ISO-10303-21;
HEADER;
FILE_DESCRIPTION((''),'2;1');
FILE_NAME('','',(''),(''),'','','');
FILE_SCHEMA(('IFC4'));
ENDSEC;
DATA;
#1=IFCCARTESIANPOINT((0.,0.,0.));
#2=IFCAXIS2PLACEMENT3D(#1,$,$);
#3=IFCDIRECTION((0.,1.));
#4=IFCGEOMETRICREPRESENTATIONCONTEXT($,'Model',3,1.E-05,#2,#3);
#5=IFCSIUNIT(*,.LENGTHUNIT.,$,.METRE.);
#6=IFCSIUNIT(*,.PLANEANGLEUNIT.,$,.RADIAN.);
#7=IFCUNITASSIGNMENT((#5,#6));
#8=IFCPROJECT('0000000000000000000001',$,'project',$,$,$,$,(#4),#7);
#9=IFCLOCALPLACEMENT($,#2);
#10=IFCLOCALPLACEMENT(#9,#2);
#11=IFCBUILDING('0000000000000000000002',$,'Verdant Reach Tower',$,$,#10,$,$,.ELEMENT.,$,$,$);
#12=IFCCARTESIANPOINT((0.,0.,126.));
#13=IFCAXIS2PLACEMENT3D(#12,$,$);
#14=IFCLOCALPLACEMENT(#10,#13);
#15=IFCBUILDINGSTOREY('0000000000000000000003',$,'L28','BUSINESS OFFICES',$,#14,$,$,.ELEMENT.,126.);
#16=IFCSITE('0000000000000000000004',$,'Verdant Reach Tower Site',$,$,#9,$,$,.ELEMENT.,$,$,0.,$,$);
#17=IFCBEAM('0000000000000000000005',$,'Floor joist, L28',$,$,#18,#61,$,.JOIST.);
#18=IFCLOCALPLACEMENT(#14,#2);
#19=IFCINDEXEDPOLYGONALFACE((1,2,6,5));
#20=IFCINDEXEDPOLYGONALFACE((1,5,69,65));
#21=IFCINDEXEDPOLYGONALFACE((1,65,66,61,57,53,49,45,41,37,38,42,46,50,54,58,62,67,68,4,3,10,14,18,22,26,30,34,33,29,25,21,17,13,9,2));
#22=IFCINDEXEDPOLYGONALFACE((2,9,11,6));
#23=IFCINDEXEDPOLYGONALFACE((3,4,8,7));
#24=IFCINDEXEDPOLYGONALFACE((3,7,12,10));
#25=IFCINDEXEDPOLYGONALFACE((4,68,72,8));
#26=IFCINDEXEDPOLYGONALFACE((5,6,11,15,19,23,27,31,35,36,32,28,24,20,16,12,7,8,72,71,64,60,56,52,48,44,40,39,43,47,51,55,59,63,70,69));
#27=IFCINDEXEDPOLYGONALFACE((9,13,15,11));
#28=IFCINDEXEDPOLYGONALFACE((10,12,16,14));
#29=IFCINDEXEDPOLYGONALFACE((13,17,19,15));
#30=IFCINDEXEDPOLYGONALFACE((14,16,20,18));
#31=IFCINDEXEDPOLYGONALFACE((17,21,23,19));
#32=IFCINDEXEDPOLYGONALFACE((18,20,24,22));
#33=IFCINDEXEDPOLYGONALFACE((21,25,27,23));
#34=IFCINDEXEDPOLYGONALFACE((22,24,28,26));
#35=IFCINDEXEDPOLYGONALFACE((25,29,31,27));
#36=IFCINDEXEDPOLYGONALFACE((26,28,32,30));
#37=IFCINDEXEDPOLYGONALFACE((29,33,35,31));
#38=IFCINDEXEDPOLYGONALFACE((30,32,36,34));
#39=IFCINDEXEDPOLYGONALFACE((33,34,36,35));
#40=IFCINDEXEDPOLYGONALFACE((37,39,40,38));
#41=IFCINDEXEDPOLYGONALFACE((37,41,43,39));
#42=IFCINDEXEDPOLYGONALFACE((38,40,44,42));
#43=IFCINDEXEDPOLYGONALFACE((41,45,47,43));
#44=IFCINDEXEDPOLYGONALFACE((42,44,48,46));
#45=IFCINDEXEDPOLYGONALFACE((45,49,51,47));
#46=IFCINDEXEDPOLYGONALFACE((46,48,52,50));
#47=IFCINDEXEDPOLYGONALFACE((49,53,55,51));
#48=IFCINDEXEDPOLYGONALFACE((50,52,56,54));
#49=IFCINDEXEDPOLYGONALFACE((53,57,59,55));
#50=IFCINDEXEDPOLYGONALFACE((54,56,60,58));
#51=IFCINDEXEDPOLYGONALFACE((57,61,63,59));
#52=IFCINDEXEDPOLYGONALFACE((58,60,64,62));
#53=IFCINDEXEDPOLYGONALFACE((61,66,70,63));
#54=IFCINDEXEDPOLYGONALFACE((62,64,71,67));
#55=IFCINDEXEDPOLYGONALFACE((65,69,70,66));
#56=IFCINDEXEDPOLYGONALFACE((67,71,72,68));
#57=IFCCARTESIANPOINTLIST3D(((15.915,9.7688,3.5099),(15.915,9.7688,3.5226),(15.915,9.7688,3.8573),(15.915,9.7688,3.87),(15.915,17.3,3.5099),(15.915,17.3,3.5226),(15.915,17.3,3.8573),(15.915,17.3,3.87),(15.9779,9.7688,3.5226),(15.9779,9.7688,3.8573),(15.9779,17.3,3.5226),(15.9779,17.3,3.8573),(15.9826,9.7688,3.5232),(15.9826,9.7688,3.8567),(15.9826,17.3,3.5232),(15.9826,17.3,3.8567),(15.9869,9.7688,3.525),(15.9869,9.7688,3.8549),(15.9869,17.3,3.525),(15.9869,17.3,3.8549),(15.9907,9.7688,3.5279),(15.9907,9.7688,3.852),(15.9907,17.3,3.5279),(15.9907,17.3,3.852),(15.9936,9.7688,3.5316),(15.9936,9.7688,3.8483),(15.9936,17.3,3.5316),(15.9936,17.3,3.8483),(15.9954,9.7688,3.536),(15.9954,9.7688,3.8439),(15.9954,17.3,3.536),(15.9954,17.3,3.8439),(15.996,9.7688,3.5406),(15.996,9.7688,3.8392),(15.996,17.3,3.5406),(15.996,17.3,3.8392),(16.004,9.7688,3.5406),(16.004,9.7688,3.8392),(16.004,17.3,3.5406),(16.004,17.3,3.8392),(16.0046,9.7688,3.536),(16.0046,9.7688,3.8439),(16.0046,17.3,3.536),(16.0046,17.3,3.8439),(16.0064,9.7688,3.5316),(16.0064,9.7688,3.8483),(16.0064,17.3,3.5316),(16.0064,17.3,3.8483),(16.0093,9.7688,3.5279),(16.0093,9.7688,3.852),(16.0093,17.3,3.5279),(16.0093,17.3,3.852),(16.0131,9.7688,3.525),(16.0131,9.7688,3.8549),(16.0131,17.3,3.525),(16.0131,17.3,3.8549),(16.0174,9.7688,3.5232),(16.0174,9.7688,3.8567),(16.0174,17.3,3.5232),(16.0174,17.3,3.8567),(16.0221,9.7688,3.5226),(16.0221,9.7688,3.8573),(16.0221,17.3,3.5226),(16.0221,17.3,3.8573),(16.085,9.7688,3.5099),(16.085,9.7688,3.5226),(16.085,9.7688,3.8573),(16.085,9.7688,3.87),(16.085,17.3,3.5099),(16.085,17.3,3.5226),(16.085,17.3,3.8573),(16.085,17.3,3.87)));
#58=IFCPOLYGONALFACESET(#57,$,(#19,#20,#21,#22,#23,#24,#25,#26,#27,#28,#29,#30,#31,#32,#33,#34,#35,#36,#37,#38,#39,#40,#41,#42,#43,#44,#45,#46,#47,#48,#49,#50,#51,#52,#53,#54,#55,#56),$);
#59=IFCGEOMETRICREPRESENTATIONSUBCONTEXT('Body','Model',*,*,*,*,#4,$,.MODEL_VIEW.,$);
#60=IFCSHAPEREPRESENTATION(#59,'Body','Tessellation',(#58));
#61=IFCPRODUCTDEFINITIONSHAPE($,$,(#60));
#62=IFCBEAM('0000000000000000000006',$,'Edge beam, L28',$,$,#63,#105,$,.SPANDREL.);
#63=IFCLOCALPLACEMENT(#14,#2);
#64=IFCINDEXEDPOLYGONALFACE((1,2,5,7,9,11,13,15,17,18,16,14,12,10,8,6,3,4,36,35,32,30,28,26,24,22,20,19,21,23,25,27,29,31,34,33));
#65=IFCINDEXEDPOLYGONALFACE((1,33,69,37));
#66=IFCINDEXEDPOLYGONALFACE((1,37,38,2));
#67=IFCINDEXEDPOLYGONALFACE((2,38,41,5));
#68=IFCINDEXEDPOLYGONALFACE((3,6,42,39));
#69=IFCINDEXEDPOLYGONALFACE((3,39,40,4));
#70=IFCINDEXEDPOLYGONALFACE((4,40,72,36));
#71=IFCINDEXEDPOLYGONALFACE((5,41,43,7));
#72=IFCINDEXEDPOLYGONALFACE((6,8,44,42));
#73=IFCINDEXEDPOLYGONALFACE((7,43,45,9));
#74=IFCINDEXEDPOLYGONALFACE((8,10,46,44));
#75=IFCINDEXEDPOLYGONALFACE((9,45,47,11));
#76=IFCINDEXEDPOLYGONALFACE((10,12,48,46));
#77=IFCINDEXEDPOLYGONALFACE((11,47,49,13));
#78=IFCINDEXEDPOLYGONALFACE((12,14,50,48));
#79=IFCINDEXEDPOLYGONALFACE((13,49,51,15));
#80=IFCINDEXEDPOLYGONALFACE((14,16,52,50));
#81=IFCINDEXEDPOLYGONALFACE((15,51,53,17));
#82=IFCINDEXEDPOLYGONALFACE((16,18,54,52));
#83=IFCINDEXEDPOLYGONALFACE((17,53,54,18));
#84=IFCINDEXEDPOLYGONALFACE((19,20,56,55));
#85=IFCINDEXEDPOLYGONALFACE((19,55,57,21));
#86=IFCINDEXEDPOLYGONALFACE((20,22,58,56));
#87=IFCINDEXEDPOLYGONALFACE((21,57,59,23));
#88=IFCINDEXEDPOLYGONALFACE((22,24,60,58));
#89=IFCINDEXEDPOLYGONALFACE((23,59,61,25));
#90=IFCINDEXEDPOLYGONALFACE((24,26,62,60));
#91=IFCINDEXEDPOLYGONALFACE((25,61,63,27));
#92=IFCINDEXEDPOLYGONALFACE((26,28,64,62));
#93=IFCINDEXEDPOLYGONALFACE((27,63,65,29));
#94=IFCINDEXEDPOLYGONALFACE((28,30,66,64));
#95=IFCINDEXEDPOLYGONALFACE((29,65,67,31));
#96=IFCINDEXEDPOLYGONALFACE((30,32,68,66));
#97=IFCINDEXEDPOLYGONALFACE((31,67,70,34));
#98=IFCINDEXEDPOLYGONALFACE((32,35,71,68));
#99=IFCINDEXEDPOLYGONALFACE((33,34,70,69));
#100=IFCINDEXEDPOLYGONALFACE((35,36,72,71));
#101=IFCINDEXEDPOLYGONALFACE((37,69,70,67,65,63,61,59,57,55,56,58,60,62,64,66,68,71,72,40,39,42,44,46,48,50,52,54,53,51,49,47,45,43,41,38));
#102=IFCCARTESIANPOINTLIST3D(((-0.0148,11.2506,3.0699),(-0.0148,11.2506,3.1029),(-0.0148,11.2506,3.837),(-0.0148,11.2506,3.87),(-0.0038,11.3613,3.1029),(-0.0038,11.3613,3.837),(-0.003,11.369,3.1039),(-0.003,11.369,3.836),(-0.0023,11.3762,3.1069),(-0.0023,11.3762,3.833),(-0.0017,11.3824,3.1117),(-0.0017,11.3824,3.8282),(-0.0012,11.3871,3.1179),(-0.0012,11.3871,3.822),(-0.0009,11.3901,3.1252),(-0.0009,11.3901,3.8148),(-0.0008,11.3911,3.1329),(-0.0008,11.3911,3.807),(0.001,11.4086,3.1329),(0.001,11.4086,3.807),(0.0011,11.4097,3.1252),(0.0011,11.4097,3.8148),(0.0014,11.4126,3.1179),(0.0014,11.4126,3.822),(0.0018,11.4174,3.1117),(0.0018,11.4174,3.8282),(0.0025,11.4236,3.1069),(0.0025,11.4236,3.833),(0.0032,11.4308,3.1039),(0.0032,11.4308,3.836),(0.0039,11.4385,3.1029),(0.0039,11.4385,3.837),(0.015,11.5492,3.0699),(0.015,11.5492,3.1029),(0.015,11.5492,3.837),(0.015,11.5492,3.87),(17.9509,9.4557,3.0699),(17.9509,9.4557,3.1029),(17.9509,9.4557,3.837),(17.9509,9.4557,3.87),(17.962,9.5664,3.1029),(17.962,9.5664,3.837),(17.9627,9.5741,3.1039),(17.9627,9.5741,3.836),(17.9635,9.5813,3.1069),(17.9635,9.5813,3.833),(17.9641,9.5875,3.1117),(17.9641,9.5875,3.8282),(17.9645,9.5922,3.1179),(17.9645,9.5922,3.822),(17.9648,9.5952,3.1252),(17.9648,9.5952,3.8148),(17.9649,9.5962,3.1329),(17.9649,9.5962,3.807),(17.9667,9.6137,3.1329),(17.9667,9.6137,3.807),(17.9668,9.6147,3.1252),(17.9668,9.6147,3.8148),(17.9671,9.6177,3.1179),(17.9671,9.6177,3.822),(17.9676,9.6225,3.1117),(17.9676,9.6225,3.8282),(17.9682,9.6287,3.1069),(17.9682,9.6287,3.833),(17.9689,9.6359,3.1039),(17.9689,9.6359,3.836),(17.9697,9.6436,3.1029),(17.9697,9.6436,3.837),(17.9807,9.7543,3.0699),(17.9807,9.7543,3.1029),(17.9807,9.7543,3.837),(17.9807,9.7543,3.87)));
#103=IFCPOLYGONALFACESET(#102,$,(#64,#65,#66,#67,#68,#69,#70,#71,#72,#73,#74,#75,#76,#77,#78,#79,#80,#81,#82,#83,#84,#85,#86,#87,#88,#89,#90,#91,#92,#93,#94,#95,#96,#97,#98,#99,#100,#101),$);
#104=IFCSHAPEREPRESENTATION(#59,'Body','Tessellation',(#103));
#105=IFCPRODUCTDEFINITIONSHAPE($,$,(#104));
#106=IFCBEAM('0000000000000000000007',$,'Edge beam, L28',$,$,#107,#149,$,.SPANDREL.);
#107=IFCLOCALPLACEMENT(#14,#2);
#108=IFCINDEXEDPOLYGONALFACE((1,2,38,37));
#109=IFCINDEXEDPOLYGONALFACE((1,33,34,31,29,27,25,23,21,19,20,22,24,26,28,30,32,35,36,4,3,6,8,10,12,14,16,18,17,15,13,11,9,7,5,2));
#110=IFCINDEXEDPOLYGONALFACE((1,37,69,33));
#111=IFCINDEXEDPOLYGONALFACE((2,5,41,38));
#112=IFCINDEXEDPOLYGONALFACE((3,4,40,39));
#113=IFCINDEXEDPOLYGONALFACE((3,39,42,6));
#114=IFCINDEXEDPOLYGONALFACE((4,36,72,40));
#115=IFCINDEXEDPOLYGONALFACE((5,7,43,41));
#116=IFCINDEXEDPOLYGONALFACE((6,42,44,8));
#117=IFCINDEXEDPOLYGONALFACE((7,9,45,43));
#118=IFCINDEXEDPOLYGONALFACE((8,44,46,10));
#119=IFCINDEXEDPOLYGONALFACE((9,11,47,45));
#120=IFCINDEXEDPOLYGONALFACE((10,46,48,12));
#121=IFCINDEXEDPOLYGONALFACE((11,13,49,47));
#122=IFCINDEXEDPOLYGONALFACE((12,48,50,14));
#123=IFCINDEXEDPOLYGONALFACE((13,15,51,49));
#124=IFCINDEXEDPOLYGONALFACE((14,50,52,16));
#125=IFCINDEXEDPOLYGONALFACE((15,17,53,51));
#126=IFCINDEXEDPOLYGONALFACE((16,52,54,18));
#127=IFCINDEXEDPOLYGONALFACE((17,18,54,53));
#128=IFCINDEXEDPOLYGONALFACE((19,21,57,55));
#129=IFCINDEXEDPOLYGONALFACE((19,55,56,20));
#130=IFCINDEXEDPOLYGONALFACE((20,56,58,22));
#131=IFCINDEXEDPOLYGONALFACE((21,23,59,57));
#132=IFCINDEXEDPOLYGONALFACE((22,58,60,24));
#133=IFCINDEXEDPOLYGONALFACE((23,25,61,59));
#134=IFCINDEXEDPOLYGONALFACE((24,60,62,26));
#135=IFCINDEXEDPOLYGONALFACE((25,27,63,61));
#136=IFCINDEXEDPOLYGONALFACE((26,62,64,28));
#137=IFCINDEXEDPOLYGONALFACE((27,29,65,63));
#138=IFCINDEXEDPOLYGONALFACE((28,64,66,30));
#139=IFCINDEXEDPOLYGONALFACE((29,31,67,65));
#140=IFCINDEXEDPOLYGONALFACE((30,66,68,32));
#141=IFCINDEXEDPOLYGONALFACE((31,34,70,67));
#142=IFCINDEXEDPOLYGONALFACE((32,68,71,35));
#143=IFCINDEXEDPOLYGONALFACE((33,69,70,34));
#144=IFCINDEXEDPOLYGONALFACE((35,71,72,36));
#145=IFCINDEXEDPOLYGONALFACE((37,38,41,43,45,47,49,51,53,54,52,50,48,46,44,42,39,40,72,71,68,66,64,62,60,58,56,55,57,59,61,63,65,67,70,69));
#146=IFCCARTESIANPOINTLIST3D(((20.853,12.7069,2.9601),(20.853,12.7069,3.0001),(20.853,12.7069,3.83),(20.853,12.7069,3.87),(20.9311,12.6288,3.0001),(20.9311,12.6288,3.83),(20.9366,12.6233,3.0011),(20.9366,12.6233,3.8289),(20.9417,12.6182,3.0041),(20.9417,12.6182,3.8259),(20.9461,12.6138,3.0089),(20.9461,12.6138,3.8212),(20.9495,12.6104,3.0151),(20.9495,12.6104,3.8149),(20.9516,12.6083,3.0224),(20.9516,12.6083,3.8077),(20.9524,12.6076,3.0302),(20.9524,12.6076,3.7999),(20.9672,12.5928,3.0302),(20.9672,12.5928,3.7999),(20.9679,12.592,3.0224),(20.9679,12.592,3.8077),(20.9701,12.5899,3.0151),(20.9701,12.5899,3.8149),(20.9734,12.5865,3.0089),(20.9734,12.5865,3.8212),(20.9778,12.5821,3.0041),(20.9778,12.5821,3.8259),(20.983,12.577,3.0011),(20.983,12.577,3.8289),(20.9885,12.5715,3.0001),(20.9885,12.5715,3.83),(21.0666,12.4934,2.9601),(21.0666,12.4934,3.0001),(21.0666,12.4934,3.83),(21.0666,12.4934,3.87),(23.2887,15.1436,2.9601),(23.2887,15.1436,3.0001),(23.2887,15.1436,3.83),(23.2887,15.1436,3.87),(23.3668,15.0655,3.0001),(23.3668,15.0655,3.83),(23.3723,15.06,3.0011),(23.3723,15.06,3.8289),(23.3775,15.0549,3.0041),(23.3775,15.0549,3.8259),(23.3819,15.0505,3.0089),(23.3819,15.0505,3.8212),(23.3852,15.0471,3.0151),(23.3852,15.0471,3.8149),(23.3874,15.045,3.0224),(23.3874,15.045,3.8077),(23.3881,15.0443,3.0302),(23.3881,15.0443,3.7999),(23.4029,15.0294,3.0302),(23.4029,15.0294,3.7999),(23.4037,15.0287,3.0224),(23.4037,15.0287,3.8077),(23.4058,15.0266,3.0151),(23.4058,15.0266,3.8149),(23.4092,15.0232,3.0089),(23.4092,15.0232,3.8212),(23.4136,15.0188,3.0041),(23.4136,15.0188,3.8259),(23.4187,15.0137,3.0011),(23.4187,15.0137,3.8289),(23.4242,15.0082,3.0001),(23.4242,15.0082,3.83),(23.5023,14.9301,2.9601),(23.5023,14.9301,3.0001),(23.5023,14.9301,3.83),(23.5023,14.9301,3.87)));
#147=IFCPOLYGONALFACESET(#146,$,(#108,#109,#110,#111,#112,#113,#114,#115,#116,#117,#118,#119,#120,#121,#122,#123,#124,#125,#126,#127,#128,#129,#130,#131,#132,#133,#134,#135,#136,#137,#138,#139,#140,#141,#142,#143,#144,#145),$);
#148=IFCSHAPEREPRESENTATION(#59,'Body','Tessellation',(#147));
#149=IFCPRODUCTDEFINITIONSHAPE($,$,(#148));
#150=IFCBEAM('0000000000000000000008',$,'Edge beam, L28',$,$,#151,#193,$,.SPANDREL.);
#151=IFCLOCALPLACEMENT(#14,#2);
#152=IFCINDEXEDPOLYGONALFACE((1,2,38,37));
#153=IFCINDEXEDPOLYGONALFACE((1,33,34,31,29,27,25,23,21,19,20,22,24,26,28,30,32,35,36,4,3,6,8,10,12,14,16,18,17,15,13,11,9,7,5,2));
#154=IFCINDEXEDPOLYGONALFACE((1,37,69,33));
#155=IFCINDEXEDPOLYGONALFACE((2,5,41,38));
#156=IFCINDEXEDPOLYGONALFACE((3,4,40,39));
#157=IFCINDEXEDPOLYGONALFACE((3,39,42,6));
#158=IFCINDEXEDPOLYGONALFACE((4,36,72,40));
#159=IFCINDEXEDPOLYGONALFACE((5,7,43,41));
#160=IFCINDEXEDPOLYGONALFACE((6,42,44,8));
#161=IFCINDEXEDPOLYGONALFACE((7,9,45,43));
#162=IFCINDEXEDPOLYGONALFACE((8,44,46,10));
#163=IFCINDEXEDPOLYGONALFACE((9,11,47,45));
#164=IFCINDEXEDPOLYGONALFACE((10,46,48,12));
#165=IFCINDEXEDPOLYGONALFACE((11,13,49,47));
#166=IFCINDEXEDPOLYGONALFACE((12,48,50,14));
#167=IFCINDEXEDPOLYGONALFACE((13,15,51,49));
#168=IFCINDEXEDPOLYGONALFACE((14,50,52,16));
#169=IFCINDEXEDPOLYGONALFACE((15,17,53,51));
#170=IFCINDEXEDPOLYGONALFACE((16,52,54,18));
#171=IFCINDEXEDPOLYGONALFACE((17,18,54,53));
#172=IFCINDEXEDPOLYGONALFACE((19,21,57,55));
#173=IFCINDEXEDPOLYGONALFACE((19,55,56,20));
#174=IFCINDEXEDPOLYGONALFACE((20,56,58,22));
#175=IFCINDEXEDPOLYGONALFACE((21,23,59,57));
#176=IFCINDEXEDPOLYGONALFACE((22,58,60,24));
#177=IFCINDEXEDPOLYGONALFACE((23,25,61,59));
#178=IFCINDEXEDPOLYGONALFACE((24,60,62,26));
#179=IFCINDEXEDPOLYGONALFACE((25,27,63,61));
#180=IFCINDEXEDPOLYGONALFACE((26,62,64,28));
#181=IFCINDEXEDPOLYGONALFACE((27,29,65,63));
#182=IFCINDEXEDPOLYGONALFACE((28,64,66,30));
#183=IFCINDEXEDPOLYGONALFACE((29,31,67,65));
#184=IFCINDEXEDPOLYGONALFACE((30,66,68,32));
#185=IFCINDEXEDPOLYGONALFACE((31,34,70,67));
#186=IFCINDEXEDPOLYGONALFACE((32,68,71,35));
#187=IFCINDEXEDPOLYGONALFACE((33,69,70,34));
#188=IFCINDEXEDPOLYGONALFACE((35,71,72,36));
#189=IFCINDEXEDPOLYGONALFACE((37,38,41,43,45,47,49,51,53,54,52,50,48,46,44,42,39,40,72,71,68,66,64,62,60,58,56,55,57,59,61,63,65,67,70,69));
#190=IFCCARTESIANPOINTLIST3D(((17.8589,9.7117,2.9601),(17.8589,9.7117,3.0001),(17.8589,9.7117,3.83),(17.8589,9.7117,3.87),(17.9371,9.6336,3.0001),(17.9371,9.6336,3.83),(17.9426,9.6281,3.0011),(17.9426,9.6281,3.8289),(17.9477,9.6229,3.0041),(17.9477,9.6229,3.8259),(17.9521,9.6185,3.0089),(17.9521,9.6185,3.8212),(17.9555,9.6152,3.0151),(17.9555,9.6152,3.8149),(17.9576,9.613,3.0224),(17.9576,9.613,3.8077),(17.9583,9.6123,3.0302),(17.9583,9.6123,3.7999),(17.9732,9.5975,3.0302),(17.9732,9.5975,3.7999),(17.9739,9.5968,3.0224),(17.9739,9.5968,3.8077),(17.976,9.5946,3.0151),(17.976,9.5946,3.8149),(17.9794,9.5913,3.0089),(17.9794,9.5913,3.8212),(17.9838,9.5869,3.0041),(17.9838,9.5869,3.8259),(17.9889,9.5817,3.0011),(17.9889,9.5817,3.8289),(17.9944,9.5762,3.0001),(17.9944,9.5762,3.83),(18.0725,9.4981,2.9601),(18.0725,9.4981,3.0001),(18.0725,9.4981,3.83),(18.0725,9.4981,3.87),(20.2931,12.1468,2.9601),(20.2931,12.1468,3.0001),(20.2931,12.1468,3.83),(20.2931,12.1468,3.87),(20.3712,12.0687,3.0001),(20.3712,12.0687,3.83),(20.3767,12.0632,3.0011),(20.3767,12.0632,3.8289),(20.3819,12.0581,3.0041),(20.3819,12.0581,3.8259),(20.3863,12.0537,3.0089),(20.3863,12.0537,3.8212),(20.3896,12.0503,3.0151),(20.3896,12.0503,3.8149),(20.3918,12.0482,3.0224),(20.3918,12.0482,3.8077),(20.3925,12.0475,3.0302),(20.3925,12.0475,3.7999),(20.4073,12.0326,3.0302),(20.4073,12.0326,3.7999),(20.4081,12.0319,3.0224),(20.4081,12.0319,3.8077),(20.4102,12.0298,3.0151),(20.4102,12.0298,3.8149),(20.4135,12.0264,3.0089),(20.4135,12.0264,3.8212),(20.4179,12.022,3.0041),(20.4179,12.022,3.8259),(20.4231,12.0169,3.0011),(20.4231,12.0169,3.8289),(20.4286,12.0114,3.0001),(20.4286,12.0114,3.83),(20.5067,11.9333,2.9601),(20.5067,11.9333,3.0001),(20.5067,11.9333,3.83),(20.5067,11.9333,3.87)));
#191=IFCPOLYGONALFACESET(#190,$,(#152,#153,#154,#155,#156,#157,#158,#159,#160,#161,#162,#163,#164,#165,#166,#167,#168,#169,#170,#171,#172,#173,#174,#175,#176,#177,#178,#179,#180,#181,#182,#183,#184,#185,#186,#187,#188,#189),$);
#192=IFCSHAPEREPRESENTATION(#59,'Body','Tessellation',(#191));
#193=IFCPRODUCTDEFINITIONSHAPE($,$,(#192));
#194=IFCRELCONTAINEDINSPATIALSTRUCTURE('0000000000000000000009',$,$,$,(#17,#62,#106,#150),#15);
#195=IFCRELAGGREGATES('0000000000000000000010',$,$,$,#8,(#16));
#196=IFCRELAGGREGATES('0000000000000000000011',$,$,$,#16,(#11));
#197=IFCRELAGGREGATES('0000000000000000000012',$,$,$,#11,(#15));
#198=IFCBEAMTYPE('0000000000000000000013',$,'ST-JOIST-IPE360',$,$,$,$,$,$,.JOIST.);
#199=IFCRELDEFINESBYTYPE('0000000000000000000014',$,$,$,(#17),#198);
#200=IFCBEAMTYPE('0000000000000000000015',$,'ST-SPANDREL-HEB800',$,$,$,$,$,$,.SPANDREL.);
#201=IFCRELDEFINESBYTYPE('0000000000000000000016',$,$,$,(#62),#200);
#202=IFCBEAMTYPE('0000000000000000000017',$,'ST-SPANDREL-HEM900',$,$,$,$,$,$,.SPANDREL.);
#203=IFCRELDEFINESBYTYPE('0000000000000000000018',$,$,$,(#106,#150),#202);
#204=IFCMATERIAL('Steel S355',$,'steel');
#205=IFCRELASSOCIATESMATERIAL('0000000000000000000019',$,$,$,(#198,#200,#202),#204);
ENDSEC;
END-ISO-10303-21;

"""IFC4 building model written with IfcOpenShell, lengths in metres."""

from ifc_helpers import new_model, si_unit, direction, frame, origin, origin_2d, place, context, subcontext, project, spatial, i_section, extrude, material, material_profile, profile_set, type_object, element, save


model = new_model("IFC4")

# Units and contexts
model_context = context("Model", 3, precision=1e-05, world=origin(), true_north=direction((0.0, 1.0)))
body_context = subcontext(model_context, "Body", "Model", "MODEL_VIEW")
ifc_project = project(units=[si_unit("LENGTHUNIT", "METRE"), si_unit("PLANEANGLEUNIT", "RADIAN")], contexts=[model_context])

# Site, building, storey
site_placement = place(None, origin())
site = spatial("IfcSite", under=ifc_project, at=site_placement, Name="Verdant Reach Tower Site", CompositionType="ELEMENT", RefElevation=0.0)
building_placement = place(site_placement, origin())
building = spatial("IfcBuilding", under=site, at=building_placement, Name="Verdant Reach Tower", CompositionType="ELEMENT")
storey_placement = place(building_placement, frame((0.0, 0.0, 126.0)))
storey = spatial("IfcBuildingStorey", under=building, at=storey_placement, Name="L28", Description="BUSINESS OFFICES", CompositionType="ELEMENT", Elevation=126.0)

# Beams
ifc_material_1 = material(Name="Steel S355", Category="steel")
ifc_material_profile_1 = material_profile(ifc_material_1, i_section(OverallWidth=0.1699, OverallDepth=0.3601, WebThickness=0.0081, FlangeThickness=0.0127, FilletRadius=0.0181, at=origin_2d()), Name="IPE 360")
ifc_profile_set_1 = profile_set([ifc_material_profile_1], Name="Steel S355")
beam_type_1 = type_object("IfcBeamType", Name="ST-JOIST-IPE360", PredefinedType="JOIST", material=ifc_profile_set_1)
beam_1_placement = place(storey_placement, frame((16.0, 17.3, 3.6899), z_axis=(0.0, -1.0, 0.0), x_axis=(1.0, 0.0, 0.0)))
element("IfcBeam", 1, at=beam_1_placement, inside=storey, type_object=beam_type_1, Name="Floor joist, L28", PredefinedType="JOIST", context=body_context, shape_type="SweptSolid", body=[
    extrude(i_section(OverallWidth=0.1699, OverallDepth=0.3601, WebThickness=0.0081, FlangeThickness=0.0127, FilletRadius=0.0181, at=origin_2d()), origin(), (0.0, 0.0, 1.0), 7.5312),
])
ifc_material_profile_2 = material_profile(ifc_material_1, i_section(OverallWidth=0.3, OverallDepth=0.8, WebThickness=0.0176, FlangeThickness=0.033, FilletRadius=0.03, at=origin_2d()), Name="HEB 800")
ifc_profile_set_2 = profile_set([ifc_material_profile_2], Name="Steel S355")
beam_type_2 = type_object("IfcBeamType", Name="ST-SPANDREL-HEB800", PredefinedType="SPANDREL", material=ifc_profile_set_2)
beam_2_placement = place(storey_placement, frame((17.9658, 9.605, 3.47), z_axis=(-0.995046, 0.099413, 0.0), x_axis=(-0.099413, -0.995046, 0.0)))
element("IfcBeam", 2, at=beam_2_placement, inside=storey, type_object=beam_type_2, Name="Edge beam, L28", PredefinedType="SPANDREL", context=body_context, shape_type="SweptSolid", body=[
    extrude(i_section(OverallWidth=0.3, OverallDepth=0.8, WebThickness=0.0176, FlangeThickness=0.033, FilletRadius=0.03, at=origin_2d()), origin(), (0.0, 0.0, 1.0), 18.0552),
])
ifc_material_profile_3 = material_profile(ifc_material_1, i_section(OverallWidth=0.302, OverallDepth=0.9099, WebThickness=0.021, FlangeThickness=0.04, FilletRadius=0.03, at=origin_2d()), Name="HEM 900")
ifc_profile_set_3 = profile_set([ifc_material_profile_3], Name="Steel S355")
beam_type_3 = type_object("IfcBeamType", Name="ST-SPANDREL-HEM900", PredefinedType="SPANDREL", material=ifc_profile_set_3)
beam_3_placement = place(storey_placement, frame((23.3955, 15.0369, 3.415), z_axis=(-0.706965, -0.707248, 0.0), x_axis=(0.707248, -0.706965, 0.0)))
element("IfcBeam", 3, at=beam_3_placement, inside=storey, type_object=beam_type_3, Name="Edge beam, L28", PredefinedType="SPANDREL", context=body_context, shape_type="SweptSolid", body=[
    extrude(i_section(OverallWidth=0.302, OverallDepth=0.9099, WebThickness=0.021, FlangeThickness=0.04, FilletRadius=0.03, at=origin_2d()), origin(), (0.0, 0.0, 1.0), 3.4453),
])
beam_4_placement = place(storey_placement, frame((20.3999, 12.04, 3.415), z_axis=(-0.706965, -0.707249, 0.0), x_axis=(0.707249, -0.706965, 0.0)))
element("IfcBeam", 4, at=beam_4_placement, inside=storey, type_object=beam_type_3, Name="Edge beam, L28", PredefinedType="SPANDREL", context=body_context, shape_type="SweptSolid", body=[
    extrude(i_section(OverallWidth=0.302, OverallDepth=0.9099, WebThickness=0.021, FlangeThickness=0.04, FilletRadius=0.03, at=origin_2d()), origin(), (0.0, 0.0, 1.0), 3.4431),
])

save(model, "model.ifc")
